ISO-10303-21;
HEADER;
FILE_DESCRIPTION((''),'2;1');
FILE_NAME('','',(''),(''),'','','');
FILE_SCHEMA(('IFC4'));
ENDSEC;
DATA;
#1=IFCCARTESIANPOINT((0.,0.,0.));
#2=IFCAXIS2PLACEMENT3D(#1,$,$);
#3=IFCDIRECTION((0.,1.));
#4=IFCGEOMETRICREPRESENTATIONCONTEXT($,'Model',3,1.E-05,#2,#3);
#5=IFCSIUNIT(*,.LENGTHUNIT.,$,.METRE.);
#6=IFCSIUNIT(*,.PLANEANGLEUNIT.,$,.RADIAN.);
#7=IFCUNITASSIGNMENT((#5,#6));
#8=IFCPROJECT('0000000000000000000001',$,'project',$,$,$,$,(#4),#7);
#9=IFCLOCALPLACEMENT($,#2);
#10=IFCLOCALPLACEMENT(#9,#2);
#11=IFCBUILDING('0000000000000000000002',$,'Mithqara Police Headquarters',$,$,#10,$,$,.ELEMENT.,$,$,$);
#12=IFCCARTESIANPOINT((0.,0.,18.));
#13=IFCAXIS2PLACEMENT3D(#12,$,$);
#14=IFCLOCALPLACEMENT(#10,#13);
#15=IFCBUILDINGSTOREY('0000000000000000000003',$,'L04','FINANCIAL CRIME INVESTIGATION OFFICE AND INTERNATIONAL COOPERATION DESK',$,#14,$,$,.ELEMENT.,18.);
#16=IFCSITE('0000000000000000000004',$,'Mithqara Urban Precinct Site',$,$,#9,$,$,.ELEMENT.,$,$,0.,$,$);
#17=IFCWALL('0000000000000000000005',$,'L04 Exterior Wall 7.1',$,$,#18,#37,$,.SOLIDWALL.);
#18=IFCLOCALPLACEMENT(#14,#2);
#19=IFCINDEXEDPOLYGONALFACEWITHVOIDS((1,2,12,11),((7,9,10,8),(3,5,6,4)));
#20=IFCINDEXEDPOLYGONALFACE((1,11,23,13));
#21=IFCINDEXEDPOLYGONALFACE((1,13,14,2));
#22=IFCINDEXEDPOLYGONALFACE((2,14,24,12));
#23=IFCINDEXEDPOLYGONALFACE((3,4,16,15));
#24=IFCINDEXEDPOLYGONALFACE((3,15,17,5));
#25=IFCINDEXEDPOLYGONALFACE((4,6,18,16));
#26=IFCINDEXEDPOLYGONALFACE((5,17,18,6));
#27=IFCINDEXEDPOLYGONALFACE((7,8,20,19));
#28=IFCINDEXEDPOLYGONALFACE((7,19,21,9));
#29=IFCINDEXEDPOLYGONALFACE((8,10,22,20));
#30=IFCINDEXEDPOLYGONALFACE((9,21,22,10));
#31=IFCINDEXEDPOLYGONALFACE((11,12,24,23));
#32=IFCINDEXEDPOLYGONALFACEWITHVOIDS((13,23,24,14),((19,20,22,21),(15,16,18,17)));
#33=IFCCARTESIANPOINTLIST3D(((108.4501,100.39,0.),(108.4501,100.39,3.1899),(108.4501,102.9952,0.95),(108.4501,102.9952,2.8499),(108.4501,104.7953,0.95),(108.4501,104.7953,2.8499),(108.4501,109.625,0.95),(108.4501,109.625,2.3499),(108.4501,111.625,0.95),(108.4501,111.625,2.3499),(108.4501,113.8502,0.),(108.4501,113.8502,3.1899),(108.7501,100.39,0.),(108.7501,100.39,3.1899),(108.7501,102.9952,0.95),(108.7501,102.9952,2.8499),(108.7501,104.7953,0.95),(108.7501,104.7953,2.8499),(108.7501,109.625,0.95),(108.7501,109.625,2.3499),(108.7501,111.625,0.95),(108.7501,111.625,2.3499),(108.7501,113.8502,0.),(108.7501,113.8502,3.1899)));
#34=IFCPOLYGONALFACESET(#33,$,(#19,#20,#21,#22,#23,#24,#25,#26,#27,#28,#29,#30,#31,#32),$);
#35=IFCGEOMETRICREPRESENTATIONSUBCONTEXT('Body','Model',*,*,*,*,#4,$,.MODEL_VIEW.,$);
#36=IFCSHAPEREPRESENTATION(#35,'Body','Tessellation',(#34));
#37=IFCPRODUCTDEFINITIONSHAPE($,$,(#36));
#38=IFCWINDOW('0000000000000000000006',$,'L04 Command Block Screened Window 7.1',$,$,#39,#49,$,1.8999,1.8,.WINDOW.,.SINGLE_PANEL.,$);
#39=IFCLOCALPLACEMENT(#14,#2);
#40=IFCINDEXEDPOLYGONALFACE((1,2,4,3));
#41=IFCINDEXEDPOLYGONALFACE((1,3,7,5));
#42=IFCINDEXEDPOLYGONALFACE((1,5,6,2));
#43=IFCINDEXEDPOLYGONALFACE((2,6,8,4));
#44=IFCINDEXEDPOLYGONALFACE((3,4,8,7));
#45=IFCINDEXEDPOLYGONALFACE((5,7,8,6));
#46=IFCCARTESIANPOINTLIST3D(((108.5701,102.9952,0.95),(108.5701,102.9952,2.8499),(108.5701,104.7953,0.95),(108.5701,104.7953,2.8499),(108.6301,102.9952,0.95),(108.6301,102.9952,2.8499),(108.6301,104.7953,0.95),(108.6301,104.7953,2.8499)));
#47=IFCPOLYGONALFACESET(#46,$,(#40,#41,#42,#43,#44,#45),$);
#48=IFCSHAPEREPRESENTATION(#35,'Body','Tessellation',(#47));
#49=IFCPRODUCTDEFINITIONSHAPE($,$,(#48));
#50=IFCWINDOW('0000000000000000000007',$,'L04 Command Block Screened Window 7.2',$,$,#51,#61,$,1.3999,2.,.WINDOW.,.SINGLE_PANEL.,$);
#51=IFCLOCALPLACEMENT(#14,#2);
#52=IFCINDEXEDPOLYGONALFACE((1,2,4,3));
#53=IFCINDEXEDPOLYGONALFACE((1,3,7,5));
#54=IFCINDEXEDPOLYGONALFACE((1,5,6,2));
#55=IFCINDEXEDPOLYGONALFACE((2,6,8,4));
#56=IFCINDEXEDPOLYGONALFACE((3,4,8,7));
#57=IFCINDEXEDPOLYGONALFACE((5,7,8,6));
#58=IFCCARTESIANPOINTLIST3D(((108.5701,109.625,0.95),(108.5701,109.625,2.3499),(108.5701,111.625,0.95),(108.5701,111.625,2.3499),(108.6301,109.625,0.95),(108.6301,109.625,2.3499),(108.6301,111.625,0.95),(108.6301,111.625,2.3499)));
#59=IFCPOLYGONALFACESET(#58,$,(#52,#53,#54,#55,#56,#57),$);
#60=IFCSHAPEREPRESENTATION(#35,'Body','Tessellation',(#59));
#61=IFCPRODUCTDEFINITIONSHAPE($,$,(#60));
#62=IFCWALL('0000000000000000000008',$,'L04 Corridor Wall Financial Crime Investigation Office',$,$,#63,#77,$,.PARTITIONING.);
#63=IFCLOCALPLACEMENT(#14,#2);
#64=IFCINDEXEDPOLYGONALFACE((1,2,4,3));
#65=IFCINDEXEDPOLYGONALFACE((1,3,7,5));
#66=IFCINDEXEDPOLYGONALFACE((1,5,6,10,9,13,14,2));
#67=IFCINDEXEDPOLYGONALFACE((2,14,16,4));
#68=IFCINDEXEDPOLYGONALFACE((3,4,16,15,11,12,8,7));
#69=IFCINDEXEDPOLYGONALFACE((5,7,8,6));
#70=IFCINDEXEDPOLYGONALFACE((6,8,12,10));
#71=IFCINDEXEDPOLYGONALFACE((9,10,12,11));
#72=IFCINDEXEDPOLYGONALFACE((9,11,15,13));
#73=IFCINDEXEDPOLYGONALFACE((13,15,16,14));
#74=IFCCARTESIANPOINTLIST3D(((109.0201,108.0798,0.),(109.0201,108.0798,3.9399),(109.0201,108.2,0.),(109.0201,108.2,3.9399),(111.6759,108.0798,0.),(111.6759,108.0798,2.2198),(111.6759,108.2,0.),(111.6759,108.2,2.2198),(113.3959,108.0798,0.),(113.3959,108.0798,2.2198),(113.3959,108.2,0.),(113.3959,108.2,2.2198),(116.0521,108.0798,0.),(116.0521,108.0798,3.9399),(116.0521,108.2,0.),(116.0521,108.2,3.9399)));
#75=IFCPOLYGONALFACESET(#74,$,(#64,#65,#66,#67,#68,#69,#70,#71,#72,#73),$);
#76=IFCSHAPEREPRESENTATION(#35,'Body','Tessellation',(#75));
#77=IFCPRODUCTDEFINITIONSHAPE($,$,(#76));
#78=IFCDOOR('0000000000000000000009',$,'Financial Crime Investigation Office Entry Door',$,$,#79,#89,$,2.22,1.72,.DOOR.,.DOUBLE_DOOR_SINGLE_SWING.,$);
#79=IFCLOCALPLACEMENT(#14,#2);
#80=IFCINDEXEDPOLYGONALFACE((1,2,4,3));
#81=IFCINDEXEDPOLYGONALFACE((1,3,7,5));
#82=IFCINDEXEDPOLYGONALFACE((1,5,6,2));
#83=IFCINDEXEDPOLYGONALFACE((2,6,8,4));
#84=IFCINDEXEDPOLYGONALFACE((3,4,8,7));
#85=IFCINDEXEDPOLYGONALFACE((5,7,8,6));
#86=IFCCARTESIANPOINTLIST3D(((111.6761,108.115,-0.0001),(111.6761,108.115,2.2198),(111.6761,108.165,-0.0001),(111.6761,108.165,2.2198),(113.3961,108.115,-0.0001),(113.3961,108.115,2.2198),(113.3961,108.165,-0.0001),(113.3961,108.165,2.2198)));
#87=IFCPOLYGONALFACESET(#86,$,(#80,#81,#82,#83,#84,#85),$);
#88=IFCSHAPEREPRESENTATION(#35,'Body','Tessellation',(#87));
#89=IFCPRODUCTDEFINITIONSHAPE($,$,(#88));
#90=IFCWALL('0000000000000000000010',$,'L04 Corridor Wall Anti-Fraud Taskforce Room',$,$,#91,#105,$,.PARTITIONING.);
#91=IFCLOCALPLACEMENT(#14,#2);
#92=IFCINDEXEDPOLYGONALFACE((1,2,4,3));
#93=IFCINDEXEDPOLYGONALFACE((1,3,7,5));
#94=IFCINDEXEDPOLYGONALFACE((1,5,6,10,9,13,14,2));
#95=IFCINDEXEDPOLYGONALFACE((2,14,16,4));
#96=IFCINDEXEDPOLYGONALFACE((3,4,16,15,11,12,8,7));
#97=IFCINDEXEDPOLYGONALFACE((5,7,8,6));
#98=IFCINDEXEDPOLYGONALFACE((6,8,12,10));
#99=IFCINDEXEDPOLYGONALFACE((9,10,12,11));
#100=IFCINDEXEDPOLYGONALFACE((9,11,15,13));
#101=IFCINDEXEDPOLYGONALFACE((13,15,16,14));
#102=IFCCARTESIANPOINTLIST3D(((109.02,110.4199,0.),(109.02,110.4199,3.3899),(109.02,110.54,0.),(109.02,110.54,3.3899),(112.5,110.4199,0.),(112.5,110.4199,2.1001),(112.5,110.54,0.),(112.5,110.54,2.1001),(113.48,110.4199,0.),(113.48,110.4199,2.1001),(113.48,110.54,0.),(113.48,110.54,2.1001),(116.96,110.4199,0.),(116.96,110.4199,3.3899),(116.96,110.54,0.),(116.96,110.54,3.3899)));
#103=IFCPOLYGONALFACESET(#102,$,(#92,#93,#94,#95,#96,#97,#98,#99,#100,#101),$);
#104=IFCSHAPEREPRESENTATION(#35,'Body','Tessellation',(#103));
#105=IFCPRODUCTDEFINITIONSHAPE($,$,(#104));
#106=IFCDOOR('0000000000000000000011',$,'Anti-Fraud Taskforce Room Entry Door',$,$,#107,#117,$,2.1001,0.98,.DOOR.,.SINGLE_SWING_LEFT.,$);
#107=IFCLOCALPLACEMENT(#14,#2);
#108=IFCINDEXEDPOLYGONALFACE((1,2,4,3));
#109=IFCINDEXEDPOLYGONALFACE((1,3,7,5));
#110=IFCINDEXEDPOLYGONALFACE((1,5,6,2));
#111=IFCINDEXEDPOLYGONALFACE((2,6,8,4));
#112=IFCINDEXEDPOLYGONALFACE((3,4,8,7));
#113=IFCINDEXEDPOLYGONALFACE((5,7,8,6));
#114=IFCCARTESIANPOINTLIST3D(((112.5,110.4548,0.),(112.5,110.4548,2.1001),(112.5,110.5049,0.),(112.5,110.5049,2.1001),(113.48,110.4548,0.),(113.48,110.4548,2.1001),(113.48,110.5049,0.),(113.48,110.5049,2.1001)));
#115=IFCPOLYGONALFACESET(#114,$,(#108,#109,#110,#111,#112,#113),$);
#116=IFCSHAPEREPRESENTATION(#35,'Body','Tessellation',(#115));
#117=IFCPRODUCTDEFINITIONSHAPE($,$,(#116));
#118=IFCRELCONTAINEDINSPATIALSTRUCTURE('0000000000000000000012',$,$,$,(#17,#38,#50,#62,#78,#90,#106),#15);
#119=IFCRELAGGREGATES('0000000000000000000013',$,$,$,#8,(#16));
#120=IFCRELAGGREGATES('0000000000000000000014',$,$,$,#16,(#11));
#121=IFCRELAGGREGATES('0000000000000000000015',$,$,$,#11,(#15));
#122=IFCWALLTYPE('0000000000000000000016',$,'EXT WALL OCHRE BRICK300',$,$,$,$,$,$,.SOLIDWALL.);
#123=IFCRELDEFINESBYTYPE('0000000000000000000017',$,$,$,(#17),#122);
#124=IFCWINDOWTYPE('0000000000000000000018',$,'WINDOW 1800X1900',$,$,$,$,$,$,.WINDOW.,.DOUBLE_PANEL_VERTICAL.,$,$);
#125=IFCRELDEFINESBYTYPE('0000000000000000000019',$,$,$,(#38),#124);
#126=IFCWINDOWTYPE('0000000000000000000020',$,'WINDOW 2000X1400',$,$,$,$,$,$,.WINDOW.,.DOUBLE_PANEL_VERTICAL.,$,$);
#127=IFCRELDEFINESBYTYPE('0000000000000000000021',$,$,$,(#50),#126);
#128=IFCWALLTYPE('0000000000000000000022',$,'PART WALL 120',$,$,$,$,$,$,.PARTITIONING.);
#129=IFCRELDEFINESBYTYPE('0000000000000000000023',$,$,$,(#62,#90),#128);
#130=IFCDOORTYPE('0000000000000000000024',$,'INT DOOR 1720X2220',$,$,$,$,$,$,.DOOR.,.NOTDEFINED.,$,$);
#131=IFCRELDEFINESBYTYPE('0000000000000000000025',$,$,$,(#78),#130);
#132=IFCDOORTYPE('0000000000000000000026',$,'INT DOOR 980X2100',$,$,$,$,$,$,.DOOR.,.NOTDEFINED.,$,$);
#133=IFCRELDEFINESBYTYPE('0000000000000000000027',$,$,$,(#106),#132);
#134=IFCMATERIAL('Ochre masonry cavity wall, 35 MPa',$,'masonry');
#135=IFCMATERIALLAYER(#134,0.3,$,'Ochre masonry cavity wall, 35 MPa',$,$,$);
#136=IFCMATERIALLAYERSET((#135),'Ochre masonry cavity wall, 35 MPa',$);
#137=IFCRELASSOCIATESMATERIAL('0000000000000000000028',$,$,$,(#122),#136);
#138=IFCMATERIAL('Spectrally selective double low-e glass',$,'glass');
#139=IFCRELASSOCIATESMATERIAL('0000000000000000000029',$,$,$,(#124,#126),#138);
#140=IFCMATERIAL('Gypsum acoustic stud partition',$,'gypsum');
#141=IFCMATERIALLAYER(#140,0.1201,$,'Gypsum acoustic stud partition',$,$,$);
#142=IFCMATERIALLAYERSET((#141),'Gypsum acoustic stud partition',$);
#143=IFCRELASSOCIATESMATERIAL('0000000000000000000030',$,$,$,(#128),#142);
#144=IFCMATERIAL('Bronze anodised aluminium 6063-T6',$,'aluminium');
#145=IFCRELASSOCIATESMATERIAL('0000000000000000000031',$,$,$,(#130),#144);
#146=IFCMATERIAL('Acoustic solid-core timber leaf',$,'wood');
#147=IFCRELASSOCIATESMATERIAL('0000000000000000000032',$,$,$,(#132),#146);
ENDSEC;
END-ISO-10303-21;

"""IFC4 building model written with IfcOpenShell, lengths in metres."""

from ifc_helpers import new_model, si_unit, direction, frame, frame_2d, origin, place, context, subcontext, project, spatial, rectangle, extrude, material, layer, layer_set, type_object, element, fill, save


model = new_model("IFC4")

# Units and contexts
model_context = context("Model", 3, precision=1e-05, world=origin(), true_north=direction((0.0, 1.0)))
body_context = subcontext(model_context, "Body", "Model", "MODEL_VIEW")
ifc_project = project(units=[si_unit("LENGTHUNIT", "METRE"), si_unit("PLANEANGLEUNIT", "RADIAN")], contexts=[model_context])

# Site, building, storey
site_placement = place(None, origin())
site = spatial("IfcSite", under=ifc_project, at=site_placement, Name="Mithqara Urban Precinct Site", CompositionType="ELEMENT", RefElevation=0.0)
building_placement = place(site_placement, origin())
building = spatial("IfcBuilding", under=site, at=building_placement, Name="Mithqara Police Headquarters", CompositionType="ELEMENT")
storey_placement = place(building_placement, frame((0.0, 0.0, 18.0)))
storey = spatial("IfcBuildingStorey", under=building, at=storey_placement, Name="L04", Description="FINANCIAL CRIME INVESTIGATION OFFICE AND INTERNATIONAL COOPERATION DESK", CompositionType="ELEMENT", Elevation=18.0)

# Wall, openings, windows
ifc_material_1 = material(Name="Ochre masonry cavity wall, 35 MPa", Category="masonry")
ifc_layer_1 = layer(ifc_material_1, 0.3, Name="Ochre masonry cavity wall, 35 MPa")
ifc_layer_set_1 = layer_set([ifc_layer_1], Name="Ochre masonry cavity wall, 35 MPa")
wall_type_1 = type_object("IfcWallType", Name="EXT WALL OCHRE BRICK300", PredefinedType="SOLIDWALL", material=ifc_layer_set_1)
wall_1_placement = place(storey_placement, frame((108.6001, 113.8501, 0.0), z_axis=(0.0, 0.0, 1.0), x_axis=(0.0, -1.0, 0.0)))
wall_1 = element("IfcWall", 1, at=wall_1_placement, inside=storey, type_object=wall_type_1, Name="L04 Exterior Wall 7.1", PredefinedType="SOLIDWALL", context=body_context, shape_type="SweptSolid", body=[
    extrude(rectangle(XDim=13.4602, YDim=0.3, at=frame_2d((6.73, 0.0))), origin(), (0.0, 0.0, 1.0), 3.1899),
])
opening_1_placement = place(wall_1_placement, frame((9.0549, 0.0, 0.95)))
opening_1 = element("IfcOpeningElement", 2, at=opening_1_placement, cuts=wall_1, PredefinedType="OPENING", context=body_context, shape_type="SweptSolid", body=[
    extrude(rectangle(XDim=1.8, YDim=1.8999, at=frame_2d((0.8999, 0.95))), frame((0.0, 0.1602, 0.0), z_axis=(0.0, -1.0, 0.0), x_axis=(1.0, 0.0, 0.0)), (0.0, 0.0, 1.0), 0.3201),
])
opening_2_placement = place(wall_1_placement, frame((2.2251, 0.0, 0.95)))
opening_2 = element("IfcOpeningElement", 3, at=opening_2_placement, cuts=wall_1, PredefinedType="OPENING", context=body_context, shape_type="SweptSolid", body=[
    extrude(rectangle(XDim=2.0, YDim=1.3999, at=frame_2d((1.0, 0.7))), frame((0.0, 0.1602, 0.0), z_axis=(0.0, -1.0, 0.0), x_axis=(1.0, 0.0, 0.0)), (0.0, 0.0, 1.0), 0.3201),
])
ifc_material_2 = material(Name="Spectrally selective double low-e glass", Category="glass")
window_type_1 = type_object("IfcWindowType", Name="WINDOW 1800X1900", PartitioningType="DOUBLE_PANEL_VERTICAL", PredefinedType="WINDOW", material=ifc_material_2)
window_1_placement = place(opening_1_placement, origin())
window_1 = element("IfcWindow", 4, at=window_1_placement, inside=storey, type_object=window_type_1, Name="L04 Command Block Screened Window 7.1", OverallHeight=1.8999, OverallWidth=1.8, PartitioningType="SINGLE_PANEL", PredefinedType="WINDOW", context=body_context, shape_type="SweptSolid", body=[
    extrude(rectangle(XDim=1.8, YDim=1.8999, at=frame_2d((0.8999, 0.95))), frame((0.0, 0.03, 0.0), z_axis=(0.0, -1.0, 0.0), x_axis=(1.0, 0.0, 0.0)), (0.0, 0.0, 1.0), 0.0601),
])
fill(opening_1, window_1)
window_type_2 = type_object("IfcWindowType", Name="WINDOW 2000X1400", PartitioningType="DOUBLE_PANEL_VERTICAL", PredefinedType="WINDOW", material=ifc_material_2)
window_2_placement = place(opening_2_placement, origin())
window_2 = element("IfcWindow", 5, at=window_2_placement, inside=storey, type_object=window_type_2, Name="L04 Command Block Screened Window 7.2", OverallHeight=1.3999, OverallWidth=2.0, PartitioningType="SINGLE_PANEL", PredefinedType="WINDOW", context=body_context, shape_type="SweptSolid", body=[
    extrude(rectangle(XDim=2.0, YDim=1.3999, at=frame_2d((1.0, 0.7))), frame((0.0, 0.03, 0.0), z_axis=(0.0, -1.0, 0.0), x_axis=(1.0, 0.0, 0.0)), (0.0, 0.0, 1.0), 0.0601),
])
fill(opening_2, window_2)

# Walls, openings, doors
ifc_material_3 = material(Name="Gypsum acoustic stud partition", Category="gypsum")
ifc_layer_2 = layer(ifc_material_3, 0.1201, Name="Gypsum acoustic stud partition")
ifc_layer_set_2 = layer_set([ifc_layer_2], Name="Gypsum acoustic stud partition")
wall_type_2 = type_object("IfcWallType", Name="PART WALL 120", PredefinedType="PARTITIONING", material=ifc_layer_set_2)
wall_2_placement = place(storey_placement, frame((109.02, 108.1399, 0.0), z_axis=(0.0, 0.0, 1.0), x_axis=(1.0, 0.0, 0.0)))
wall_2 = element("IfcWall", 6, at=wall_2_placement, inside=storey, type_object=wall_type_2, Name="L04 Corridor Wall Financial Crime Investigation Office", PredefinedType="PARTITIONING", context=body_context, shape_type="SweptSolid", body=[
    extrude(rectangle(XDim=7.032, YDim=0.1201, at=frame_2d((3.5161, 0.0))), origin(), (0.0, 0.0, 1.0), 3.9399),
])
opening_3_placement = place(wall_2_placement, frame((2.656, 0.0, 0.0)))
opening_3 = element("IfcOpeningElement", 7, at=opening_3_placement, cuts=wall_2, PredefinedType="OPENING", context=body_context, shape_type="SweptSolid", body=[
    extrude(rectangle(XDim=1.72, YDim=2.22, at=frame_2d((0.8599, 1.1099))), frame((0.0, 0.0701, 0.0), z_axis=(0.0, -1.0, 0.0), x_axis=(1.0, 0.0, 0.0)), (0.0, 0.0, 1.0), 0.1401),
])
ifc_material_4 = material(Name="Bronze anodised aluminium 6063-T6", Category="aluminium")
door_type_1 = type_object("IfcDoorType", Name="INT DOOR 1720X2220", OperationType="NOTDEFINED", PredefinedType="DOOR", material=ifc_material_4)
door_1_placement = place(opening_3_placement, frame((1.72, 0.0, 0.0), z_axis=(0.0, 0.0, 1.0), x_axis=(-1.0, 0.0, 0.0)))
door_1 = element("IfcDoor", 8, at=door_1_placement, inside=storey, type_object=door_type_1, Name="Financial Crime Investigation Office Entry Door", OperationType="DOUBLE_DOOR_SINGLE_SWING", OverallHeight=2.22, OverallWidth=1.72, PredefinedType="DOOR", context=body_context, shape_type="SweptSolid", body=[
    extrude(rectangle(XDim=1.72, YDim=2.22, at=frame_2d((0.8599, 1.1099))), frame((0.0, 0.0249, 0.0), z_axis=(0.0, -1.0, 0.0), x_axis=(1.0, 0.0, 0.0)), (0.0, 0.0, 1.0), 0.05),
])
fill(opening_3, door_1)
wall_3_placement = place(storey_placement, frame((109.02, 110.48, 0.0), z_axis=(0.0, 0.0, 1.0), x_axis=(1.0, 0.0, 0.0)))
wall_3 = element("IfcWall", 9, at=wall_3_placement, inside=storey, type_object=wall_type_2, Name="L04 Corridor Wall Anti-Fraud Taskforce Room", PredefinedType="PARTITIONING", context=body_context, shape_type="SweptSolid", body=[
    extrude(rectangle(XDim=7.9399, YDim=0.1201, at=frame_2d((3.97, 0.0))), origin(), (0.0, 0.0, 1.0), 3.3899),
])
opening_4_placement = place(wall_3_placement, frame((3.48, 0.0, 0.0)))
opening_4 = element("IfcOpeningElement", 10, at=opening_4_placement, cuts=wall_3, PredefinedType="OPENING", context=body_context, shape_type="SweptSolid", body=[
    extrude(rectangle(XDim=0.98, YDim=2.1001, at=frame_2d((0.49, 1.05))), frame((0.0, 0.0701, 0.0), z_axis=(0.0, -1.0, 0.0), x_axis=(1.0, 0.0, 0.0)), (0.0, 0.0, 1.0), 0.1401),
])
ifc_material_5 = material(Name="Acoustic solid-core timber leaf", Category="wood")
door_type_2 = type_object("IfcDoorType", Name="INT DOOR 980X2100", OperationType="NOTDEFINED", PredefinedType="DOOR", material=ifc_material_5)
door_2_placement = place(opening_4_placement, origin())
door_2 = element("IfcDoor", 11, at=door_2_placement, inside=storey, type_object=door_type_2, Name="Anti-Fraud Taskforce Room Entry Door", OperationType="SINGLE_SWING_LEFT", OverallHeight=2.1001, OverallWidth=0.98, PredefinedType="DOOR", context=body_context, shape_type="SweptSolid", body=[
    extrude(rectangle(XDim=0.98, YDim=2.1001, at=frame_2d((0.49, 1.05))), frame((0.0, 0.0249, 0.0), z_axis=(0.0, -1.0, 0.0), x_axis=(1.0, 0.0, 0.0)), (0.0, 0.0, 1.0), 0.05),
])
fill(opening_4, door_2)

save(model, "model.ifc")
